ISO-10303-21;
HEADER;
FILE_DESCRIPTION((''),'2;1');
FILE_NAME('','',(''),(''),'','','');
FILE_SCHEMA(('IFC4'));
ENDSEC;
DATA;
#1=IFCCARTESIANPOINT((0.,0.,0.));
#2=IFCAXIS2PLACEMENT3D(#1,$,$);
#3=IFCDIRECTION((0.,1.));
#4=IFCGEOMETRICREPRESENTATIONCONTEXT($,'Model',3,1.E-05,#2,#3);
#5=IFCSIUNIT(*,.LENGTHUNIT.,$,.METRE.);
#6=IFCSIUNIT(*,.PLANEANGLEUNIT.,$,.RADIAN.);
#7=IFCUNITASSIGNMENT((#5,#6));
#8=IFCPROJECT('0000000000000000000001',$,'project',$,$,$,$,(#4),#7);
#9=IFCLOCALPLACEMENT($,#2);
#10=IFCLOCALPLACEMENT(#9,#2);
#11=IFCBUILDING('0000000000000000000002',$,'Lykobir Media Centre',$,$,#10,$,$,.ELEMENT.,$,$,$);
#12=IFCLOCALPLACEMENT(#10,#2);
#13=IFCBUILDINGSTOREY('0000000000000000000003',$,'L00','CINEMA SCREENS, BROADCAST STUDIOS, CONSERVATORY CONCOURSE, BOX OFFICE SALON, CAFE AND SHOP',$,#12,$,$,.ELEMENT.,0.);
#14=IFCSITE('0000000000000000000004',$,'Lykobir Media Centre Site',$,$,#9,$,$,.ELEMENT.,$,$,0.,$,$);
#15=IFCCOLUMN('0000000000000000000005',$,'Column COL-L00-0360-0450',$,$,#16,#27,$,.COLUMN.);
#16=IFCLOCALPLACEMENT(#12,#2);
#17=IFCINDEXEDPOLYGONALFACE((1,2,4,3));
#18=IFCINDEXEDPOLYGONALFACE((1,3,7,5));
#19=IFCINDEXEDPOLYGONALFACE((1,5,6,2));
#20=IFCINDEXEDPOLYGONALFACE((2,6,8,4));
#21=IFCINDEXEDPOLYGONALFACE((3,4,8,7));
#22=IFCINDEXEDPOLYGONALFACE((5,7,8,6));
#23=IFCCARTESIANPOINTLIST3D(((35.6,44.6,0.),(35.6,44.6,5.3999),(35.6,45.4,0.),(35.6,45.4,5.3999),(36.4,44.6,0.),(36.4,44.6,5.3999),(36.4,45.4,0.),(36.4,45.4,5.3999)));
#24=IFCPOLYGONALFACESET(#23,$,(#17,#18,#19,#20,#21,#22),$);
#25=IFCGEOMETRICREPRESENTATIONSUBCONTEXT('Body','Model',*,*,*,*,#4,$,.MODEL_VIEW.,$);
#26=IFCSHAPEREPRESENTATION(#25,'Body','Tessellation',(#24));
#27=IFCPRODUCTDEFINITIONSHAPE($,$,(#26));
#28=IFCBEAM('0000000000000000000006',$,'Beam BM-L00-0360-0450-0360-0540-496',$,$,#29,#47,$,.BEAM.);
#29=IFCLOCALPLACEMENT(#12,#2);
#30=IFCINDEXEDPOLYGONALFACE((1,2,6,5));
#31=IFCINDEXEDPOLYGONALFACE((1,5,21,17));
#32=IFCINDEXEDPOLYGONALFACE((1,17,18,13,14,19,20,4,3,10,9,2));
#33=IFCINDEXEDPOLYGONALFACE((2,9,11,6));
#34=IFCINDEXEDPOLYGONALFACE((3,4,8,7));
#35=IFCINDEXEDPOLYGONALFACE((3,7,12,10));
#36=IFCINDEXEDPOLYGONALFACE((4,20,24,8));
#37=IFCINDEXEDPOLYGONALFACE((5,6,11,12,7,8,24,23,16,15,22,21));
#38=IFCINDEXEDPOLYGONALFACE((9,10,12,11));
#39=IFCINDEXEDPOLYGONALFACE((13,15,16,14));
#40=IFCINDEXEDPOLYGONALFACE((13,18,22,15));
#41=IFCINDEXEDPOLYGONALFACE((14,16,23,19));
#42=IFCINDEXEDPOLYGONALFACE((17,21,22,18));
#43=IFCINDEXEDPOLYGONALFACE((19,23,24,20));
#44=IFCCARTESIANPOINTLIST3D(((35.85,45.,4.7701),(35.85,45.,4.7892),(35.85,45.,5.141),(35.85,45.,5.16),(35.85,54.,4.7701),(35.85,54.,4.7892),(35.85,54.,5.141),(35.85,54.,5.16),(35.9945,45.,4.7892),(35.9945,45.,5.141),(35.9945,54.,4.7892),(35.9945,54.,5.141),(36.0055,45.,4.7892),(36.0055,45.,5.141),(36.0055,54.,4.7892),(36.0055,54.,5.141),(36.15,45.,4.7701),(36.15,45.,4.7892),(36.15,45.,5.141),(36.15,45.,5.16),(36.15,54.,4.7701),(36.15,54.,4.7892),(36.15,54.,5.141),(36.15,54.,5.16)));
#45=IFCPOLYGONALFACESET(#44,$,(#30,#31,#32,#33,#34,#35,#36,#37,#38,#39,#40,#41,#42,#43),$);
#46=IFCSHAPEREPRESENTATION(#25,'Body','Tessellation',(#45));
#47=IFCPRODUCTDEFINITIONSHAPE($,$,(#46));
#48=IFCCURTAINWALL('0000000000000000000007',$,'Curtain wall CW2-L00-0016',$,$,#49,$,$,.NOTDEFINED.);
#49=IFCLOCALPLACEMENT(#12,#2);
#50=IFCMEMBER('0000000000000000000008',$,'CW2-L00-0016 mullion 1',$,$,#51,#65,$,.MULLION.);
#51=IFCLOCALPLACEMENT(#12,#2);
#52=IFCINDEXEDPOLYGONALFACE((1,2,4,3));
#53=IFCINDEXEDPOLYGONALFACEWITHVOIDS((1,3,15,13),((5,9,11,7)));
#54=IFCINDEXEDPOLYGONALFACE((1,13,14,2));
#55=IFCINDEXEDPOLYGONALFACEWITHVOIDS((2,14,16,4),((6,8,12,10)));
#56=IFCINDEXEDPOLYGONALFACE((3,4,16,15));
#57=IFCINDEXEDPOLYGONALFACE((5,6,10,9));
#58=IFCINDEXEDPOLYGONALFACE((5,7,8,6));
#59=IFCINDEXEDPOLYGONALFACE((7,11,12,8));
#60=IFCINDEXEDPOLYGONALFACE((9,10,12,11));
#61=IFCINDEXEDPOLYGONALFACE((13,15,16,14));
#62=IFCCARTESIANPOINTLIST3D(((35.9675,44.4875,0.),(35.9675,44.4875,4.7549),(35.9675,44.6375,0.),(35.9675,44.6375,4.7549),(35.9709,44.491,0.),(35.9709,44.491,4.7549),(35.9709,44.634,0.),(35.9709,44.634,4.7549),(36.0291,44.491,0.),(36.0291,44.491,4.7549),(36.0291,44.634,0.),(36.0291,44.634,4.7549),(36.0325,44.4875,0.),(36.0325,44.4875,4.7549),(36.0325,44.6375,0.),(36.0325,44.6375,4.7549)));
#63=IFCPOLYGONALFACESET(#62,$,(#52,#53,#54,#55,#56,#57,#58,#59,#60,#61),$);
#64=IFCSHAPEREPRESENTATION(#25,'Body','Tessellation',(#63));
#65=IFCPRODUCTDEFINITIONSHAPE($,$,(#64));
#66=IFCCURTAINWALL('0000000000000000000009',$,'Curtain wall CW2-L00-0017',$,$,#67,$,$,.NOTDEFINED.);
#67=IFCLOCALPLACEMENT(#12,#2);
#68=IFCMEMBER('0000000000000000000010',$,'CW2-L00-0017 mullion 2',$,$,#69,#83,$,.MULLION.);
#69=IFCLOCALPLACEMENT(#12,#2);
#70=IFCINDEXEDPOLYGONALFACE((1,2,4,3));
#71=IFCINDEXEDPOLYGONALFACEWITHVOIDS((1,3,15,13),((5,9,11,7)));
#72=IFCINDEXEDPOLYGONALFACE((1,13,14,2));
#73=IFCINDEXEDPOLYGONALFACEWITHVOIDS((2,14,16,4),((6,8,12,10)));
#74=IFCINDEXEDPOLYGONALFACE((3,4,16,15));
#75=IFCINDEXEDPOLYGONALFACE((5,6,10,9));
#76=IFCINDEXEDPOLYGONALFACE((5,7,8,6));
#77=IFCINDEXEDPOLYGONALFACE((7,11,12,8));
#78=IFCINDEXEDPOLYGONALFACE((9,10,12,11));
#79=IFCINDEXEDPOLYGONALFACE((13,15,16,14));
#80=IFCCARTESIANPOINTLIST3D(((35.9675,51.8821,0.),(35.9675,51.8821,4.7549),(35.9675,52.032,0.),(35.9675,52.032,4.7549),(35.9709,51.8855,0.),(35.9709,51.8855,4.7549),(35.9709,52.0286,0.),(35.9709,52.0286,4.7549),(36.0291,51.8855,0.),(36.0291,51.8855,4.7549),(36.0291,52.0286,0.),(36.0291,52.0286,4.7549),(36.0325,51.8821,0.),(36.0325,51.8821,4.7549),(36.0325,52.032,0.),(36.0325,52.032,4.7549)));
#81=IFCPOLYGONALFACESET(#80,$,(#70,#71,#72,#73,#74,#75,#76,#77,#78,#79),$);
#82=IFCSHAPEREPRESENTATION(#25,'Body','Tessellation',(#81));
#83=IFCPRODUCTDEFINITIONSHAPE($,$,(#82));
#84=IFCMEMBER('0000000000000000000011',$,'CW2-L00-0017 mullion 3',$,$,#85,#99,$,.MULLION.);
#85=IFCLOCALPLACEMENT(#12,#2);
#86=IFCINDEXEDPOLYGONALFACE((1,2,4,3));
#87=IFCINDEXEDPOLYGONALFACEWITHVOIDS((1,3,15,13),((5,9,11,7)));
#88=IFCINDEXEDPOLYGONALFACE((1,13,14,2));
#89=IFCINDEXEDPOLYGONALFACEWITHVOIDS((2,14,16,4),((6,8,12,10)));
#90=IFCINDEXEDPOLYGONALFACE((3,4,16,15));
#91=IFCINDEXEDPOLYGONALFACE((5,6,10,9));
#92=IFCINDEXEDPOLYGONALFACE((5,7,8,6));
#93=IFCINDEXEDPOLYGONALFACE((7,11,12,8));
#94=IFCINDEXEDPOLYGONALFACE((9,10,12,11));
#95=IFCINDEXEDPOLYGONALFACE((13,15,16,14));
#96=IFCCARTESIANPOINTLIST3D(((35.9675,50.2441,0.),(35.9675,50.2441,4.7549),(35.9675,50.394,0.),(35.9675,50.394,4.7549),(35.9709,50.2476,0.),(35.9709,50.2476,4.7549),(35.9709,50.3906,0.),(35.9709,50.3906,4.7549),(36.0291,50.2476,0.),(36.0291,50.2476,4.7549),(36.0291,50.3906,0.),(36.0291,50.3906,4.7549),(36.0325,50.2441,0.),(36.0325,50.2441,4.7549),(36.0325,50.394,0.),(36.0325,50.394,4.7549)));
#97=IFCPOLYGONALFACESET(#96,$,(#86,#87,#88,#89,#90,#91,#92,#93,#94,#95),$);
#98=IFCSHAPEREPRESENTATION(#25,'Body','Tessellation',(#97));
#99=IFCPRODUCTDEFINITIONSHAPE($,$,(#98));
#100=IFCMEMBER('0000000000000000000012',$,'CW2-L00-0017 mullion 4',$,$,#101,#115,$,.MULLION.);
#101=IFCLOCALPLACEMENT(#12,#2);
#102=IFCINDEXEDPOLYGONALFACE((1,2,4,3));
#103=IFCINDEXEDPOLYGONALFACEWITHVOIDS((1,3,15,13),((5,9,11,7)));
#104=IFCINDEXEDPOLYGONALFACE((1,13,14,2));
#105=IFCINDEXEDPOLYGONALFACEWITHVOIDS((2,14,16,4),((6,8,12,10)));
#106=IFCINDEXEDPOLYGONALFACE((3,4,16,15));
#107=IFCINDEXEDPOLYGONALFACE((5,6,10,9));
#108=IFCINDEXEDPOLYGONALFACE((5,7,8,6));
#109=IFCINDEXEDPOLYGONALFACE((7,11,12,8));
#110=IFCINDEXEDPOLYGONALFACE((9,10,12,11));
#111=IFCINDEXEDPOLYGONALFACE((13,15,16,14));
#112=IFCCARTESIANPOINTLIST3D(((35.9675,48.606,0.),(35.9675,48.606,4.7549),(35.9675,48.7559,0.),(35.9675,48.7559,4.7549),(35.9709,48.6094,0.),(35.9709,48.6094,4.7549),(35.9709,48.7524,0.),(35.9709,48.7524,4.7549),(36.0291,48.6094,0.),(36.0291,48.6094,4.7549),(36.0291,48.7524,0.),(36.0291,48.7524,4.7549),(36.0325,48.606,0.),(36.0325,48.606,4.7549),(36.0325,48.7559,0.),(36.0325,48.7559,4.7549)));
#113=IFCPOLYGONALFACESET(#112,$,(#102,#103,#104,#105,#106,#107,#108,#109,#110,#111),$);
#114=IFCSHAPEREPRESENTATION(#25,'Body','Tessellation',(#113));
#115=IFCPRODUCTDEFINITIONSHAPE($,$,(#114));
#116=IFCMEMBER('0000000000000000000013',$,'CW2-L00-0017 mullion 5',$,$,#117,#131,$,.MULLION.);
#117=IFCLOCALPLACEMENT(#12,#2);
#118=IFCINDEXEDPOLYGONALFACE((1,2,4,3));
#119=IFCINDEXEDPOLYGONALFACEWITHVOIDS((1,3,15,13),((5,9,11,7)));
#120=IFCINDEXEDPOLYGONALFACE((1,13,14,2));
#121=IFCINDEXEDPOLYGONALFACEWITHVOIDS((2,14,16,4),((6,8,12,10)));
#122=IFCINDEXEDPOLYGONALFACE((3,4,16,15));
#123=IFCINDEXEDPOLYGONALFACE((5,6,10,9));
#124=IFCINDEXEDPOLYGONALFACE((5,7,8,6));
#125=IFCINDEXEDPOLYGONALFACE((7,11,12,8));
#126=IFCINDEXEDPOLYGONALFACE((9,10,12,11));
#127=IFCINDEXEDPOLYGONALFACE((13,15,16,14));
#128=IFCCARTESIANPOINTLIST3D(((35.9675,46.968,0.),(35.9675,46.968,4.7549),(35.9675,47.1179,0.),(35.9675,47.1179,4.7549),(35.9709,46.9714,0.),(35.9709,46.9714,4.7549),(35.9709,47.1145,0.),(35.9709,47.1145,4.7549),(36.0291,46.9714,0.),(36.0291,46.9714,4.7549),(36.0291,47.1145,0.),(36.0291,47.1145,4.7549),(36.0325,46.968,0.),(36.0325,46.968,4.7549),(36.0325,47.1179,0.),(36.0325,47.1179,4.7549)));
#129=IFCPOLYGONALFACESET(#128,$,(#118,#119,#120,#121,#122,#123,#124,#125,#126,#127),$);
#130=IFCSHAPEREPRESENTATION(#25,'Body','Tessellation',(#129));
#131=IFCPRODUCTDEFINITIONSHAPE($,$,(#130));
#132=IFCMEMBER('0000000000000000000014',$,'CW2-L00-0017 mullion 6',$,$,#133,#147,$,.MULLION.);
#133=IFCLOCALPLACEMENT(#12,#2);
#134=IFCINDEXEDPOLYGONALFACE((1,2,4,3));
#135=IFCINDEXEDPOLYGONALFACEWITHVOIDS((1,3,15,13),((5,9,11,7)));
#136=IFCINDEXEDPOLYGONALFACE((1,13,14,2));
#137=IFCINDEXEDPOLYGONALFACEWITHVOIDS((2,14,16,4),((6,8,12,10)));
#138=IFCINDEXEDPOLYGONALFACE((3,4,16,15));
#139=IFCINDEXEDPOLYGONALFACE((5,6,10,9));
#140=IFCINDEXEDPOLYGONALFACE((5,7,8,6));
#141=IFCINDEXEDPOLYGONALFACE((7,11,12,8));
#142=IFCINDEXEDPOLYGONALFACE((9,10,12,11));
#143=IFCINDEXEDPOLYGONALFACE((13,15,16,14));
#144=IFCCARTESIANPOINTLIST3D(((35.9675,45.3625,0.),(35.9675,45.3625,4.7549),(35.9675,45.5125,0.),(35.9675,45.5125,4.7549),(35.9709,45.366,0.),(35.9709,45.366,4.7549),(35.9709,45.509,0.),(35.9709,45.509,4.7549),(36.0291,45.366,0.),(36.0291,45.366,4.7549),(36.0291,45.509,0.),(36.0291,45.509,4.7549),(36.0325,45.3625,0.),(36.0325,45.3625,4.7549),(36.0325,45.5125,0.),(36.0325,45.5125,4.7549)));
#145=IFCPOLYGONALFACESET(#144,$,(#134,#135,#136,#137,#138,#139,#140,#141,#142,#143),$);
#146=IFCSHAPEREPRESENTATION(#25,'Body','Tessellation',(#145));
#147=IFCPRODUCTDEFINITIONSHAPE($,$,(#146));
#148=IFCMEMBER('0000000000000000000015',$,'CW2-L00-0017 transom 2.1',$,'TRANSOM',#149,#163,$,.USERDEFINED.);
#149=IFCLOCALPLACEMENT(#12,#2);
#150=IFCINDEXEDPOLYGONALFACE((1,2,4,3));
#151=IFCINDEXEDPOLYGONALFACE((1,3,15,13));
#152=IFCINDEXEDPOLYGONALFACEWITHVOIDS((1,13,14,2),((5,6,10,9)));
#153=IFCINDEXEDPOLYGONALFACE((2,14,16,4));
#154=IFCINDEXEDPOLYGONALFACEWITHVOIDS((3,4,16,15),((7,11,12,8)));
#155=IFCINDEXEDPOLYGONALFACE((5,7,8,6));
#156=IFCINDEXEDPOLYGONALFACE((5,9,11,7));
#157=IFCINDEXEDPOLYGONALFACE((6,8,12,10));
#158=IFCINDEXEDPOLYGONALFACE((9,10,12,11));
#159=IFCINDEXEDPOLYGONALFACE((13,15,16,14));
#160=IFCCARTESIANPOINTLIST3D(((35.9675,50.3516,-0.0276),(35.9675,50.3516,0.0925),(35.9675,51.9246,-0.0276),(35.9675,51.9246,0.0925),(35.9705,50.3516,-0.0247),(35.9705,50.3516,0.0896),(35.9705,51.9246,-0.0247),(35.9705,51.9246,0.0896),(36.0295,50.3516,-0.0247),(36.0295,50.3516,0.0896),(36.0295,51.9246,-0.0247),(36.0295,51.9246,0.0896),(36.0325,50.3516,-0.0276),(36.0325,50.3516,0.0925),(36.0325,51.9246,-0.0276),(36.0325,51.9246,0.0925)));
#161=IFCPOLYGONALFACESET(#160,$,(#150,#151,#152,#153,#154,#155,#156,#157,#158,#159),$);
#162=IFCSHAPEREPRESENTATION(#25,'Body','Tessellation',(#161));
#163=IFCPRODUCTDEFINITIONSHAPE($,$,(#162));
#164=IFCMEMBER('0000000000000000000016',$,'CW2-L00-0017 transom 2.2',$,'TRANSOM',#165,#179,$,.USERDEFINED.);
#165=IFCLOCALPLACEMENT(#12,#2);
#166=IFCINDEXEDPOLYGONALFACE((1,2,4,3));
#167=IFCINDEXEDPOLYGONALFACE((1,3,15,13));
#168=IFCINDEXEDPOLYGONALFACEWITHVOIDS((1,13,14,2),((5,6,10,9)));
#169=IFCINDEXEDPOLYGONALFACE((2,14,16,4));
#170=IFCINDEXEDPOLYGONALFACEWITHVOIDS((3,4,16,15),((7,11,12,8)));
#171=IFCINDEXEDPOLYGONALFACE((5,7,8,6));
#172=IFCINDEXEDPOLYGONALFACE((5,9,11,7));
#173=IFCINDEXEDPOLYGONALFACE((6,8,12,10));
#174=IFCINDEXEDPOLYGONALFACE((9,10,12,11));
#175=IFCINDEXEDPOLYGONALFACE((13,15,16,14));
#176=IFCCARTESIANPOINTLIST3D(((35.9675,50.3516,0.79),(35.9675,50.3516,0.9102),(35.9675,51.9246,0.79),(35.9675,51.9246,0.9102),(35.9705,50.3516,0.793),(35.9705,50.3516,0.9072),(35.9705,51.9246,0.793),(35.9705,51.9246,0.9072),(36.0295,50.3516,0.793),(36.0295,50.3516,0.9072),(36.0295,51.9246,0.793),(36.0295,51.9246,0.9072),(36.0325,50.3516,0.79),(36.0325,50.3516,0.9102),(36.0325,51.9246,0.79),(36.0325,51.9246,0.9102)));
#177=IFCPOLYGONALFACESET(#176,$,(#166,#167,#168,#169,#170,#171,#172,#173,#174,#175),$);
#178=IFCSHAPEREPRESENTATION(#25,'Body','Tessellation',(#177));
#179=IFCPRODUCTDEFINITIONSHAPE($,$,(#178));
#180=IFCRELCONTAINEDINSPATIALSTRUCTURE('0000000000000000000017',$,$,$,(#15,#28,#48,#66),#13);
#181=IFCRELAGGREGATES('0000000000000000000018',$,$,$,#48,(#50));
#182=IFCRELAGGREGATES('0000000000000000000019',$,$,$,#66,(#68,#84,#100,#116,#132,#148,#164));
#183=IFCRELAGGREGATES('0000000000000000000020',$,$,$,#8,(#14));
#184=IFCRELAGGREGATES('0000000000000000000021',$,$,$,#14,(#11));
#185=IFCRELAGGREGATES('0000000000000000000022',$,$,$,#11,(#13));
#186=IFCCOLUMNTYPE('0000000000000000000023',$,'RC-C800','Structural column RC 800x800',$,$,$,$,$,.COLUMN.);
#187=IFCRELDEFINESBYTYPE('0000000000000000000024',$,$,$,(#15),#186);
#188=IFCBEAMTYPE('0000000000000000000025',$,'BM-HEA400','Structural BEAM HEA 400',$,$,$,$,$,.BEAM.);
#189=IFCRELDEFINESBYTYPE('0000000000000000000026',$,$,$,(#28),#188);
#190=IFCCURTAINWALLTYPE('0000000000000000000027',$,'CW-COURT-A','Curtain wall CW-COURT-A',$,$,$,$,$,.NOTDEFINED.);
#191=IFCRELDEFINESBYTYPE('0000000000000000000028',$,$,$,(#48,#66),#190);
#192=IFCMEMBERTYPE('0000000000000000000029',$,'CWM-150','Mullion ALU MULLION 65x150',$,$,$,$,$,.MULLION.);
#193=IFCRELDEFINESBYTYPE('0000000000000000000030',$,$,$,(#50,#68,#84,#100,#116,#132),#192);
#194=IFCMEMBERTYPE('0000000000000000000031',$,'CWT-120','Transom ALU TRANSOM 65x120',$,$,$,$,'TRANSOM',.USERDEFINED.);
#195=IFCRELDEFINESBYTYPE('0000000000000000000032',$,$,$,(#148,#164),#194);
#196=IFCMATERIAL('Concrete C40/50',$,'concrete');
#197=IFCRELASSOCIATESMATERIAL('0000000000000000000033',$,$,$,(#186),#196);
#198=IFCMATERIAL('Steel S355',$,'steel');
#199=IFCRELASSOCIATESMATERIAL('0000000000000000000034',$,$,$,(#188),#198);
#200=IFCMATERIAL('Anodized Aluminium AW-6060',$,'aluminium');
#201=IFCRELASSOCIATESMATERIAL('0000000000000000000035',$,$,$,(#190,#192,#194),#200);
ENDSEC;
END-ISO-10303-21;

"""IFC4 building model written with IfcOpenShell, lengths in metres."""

from ifc_helpers import new_model, si_unit, direction, frame, origin, origin_2d, place, context, subcontext, project, spatial, rectangle, hollow_rectangle, i_section, extrude, material, material_profile, profile_set, type_object, element, aggregate, save


model = new_model("IFC4")

# Units and contexts
model_context = context("Model", 3, precision=1e-05, world=origin(), true_north=direction((0.0, 1.0)))
body_context = subcontext(model_context, "Body", "Model", "MODEL_VIEW")
ifc_project = project(units=[si_unit("LENGTHUNIT", "METRE"), si_unit("PLANEANGLEUNIT", "RADIAN")], contexts=[model_context])

# Site, building, storey
site_placement = place(None, origin())
site = spatial("IfcSite", under=ifc_project, at=site_placement, Name="Lykobir Media Centre Site", CompositionType="ELEMENT", RefElevation=0.0)
building_placement = place(site_placement, origin())
building = spatial("IfcBuilding", under=site, at=building_placement, Name="Lykobir Media Centre", CompositionType="ELEMENT")
storey_placement = place(building_placement, origin())
storey = spatial("IfcBuildingStorey", under=building, at=storey_placement, Name="L00", Description="CINEMA SCREENS, BROADCAST STUDIOS, CONSERVATORY CONCOURSE, BOX OFFICE SALON, CAFE AND SHOP", CompositionType="ELEMENT", Elevation=0.0)

# Column
ifc_material_1 = material(Name="Concrete C40/50", Category="concrete")
ifc_material_profile_1 = material_profile(ifc_material_1, rectangle(XDim=0.8, YDim=0.8, at=origin_2d()), Name="RC 800x800")
ifc_profile_set_1 = profile_set([ifc_material_profile_1], Name="Concrete C40/50")
column_type = type_object("IfcColumnType", Name="RC-C800", Description="Structural column RC 800x800", PredefinedType="COLUMN", material=ifc_profile_set_1)
column_placement = place(storey_placement, frame((36.0, 45.0, 0.0), z_axis=(0.0, 0.0, 1.0), x_axis=(1.0, 0.0, 0.0)))
element("IfcColumn", 1, at=column_placement, inside=storey, type_object=column_type, Name="Column COL-L00-0360-0450", PredefinedType="COLUMN", context=body_context, shape_type="SweptSolid", body=[
    extrude(rectangle(XDim=0.8, YDim=0.8, at=origin_2d()), origin(), (0.0, 0.0, 1.0), 5.3999),
])

# Beam
ifc_material_2 = material(Name="Steel S355", Category="steel")
ifc_material_profile_2 = material_profile(ifc_material_2, i_section(OverallWidth=0.3, OverallDepth=0.3899, WebThickness=0.011, FlangeThickness=0.019, at=origin_2d()), Name="HEA 400")
ifc_profile_set_2 = profile_set([ifc_material_profile_2], Name="Steel S355")
beam_type = type_object("IfcBeamType", Name="BM-HEA400", Description="Structural BEAM HEA 400", PredefinedType="BEAM", material=ifc_profile_set_2)
beam_placement = place(storey_placement, frame((36.0, 45.0, 4.9651), z_axis=(0.0, 1.0, 0.0), x_axis=(-1.0, 0.0, 0.0)))
element("IfcBeam", 2, at=beam_placement, inside=storey, type_object=beam_type, Name="Beam BM-L00-0360-0450-0360-0540-496", PredefinedType="BEAM", context=body_context, shape_type="SweptSolid", body=[
    extrude(i_section(OverallWidth=0.3, OverallDepth=0.3899, WebThickness=0.011, FlangeThickness=0.019, at=origin_2d()), origin(), (0.0, 0.0, 1.0), 9.0),
])

# Curtain wall, member
ifc_material_3 = material(Name="Anodized Aluminium AW-6060", Category="aluminium")
curtain_wall_type = type_object("IfcCurtainWallType", Name="CW-COURT-A", Description="Curtain wall CW-COURT-A", PredefinedType="NOTDEFINED", material=ifc_material_3)
curtain_wall_1_placement = place(storey_placement, origin())
curtain_wall_1 = element("IfcCurtainWall", 3, at=curtain_wall_1_placement, inside=storey, type_object=curtain_wall_type, Name="Curtain wall CW2-L00-0016", PredefinedType="NOTDEFINED")
ifc_material_profile_3 = material_profile(ifc_material_3, hollow_rectangle(XDim=0.0649, YDim=0.1499, WallThickness=0.0034, at=origin_2d()), Name="ALU MULLION 65x150")
ifc_profile_set_3 = profile_set([ifc_material_profile_3], Name="Anodized Aluminium AW-6060")
member_type_1 = type_object("IfcMemberType", Name="CWM-150", Description="Mullion ALU MULLION 65x150", PredefinedType="MULLION", material=ifc_profile_set_3)
member_1_placement = place(storey_placement, frame((36.0, 44.5625, 0.0), z_axis=(0.0, 0.0, 1.0), x_axis=(1.0, 0.0, 0.0)))
member_1 = element("IfcMember", 4, at=member_1_placement, type_object=member_type_1, Name="CW2-L00-0016 mullion 1", PredefinedType="MULLION", context=body_context, shape_type="SweptSolid", body=[
    extrude(hollow_rectangle(XDim=0.0649, YDim=0.1499, WallThickness=0.0034, at=origin_2d()), origin(), (0.0, 0.0, 1.0), 4.7549),
])
aggregate(curtain_wall_1, [member_1])

# Curtain wall, members
curtain_wall_2_placement = place(storey_placement, origin())
curtain_wall_2 = element("IfcCurtainWall", 5, at=curtain_wall_2_placement, inside=storey, type_object=curtain_wall_type, Name="Curtain wall CW2-L00-0017", PredefinedType="NOTDEFINED")
member_2_placement = place(storey_placement, frame((36.0, 51.957, 0.0), z_axis=(0.0, 0.0, 1.0), x_axis=(1.0, 0.0, 0.0)))
member_2 = element("IfcMember", 6, at=member_2_placement, type_object=member_type_1, Name="CW2-L00-0017 mullion 2", PredefinedType="MULLION", context=body_context, shape_type="SweptSolid", body=[
    extrude(hollow_rectangle(XDim=0.0649, YDim=0.1499, WallThickness=0.0034, at=origin_2d()), origin(), (0.0, 0.0, 1.0), 4.7549),
])
member_3_placement = place(storey_placement, frame((36.0, 50.3191, 0.0), z_axis=(0.0, 0.0, 1.0), x_axis=(1.0, 0.0, 0.0)))
member_3 = element("IfcMember", 7, at=member_3_placement, type_object=member_type_1, Name="CW2-L00-0017 mullion 3", PredefinedType="MULLION", context=body_context, shape_type="SweptSolid", body=[
    extrude(hollow_rectangle(XDim=0.0649, YDim=0.1499, WallThickness=0.0034, at=origin_2d()), origin(), (0.0, 0.0, 1.0), 4.7549),
])
member_4_placement = place(storey_placement, frame((36.0, 48.6809, 0.0), z_axis=(0.0, 0.0, 1.0), x_axis=(1.0, 0.0, 0.0)))
member_4 = element("IfcMember", 8, at=member_4_placement, type_object=member_type_1, Name="CW2-L00-0017 mullion 4", PredefinedType="MULLION", context=body_context, shape_type="SweptSolid", body=[
    extrude(hollow_rectangle(XDim=0.0649, YDim=0.1499, WallThickness=0.0034, at=origin_2d()), origin(), (0.0, 0.0, 1.0), 4.7549),
])
member_5_placement = place(storey_placement, frame((36.0, 47.043, 0.0), z_axis=(0.0, 0.0, 1.0), x_axis=(1.0, 0.0, 0.0)))
member_5 = element("IfcMember", 9, at=member_5_placement, type_object=member_type_1, Name="CW2-L00-0017 mullion 5", PredefinedType="MULLION", context=body_context, shape_type="SweptSolid", body=[
    extrude(hollow_rectangle(XDim=0.0649, YDim=0.1499, WallThickness=0.0034, at=origin_2d()), origin(), (0.0, 0.0, 1.0), 4.7549),
])
member_6_placement = place(storey_placement, frame((36.0, 45.4375, 0.0), z_axis=(0.0, 0.0, 1.0), x_axis=(1.0, 0.0, 0.0)))
member_6 = element("IfcMember", 10, at=member_6_placement, type_object=member_type_1, Name="CW2-L00-0017 mullion 6", PredefinedType="MULLION", context=body_context, shape_type="SweptSolid", body=[
    extrude(hollow_rectangle(XDim=0.0649, YDim=0.1499, WallThickness=0.0034, at=origin_2d()), origin(), (0.0, 0.0, 1.0), 4.7549),
])
ifc_material_profile_4 = material_profile(ifc_material_3, hollow_rectangle(XDim=0.0649, YDim=0.1201, WallThickness=0.0029, at=origin_2d()), Name="ALU TRANSOM 65x120")
ifc_profile_set_4 = profile_set([ifc_material_profile_4], Name="Anodized Aluminium AW-6060")
member_type_2 = type_object("IfcMemberType", Name="CWT-120", Description="Transom ALU TRANSOM 65x120", ElementType="TRANSOM", PredefinedType="USERDEFINED", material=ifc_profile_set_4)
member_7_placement = place(storey_placement, frame((36.0, 51.9246, 0.0325), z_axis=(0.0, -1.0, 0.0), x_axis=(1.0, 0.0, 0.0)))
member_7 = element("IfcMember", 11, at=member_7_placement, type_object=member_type_2, Name="CW2-L00-0017 transom 2.1", ObjectType="TRANSOM", PredefinedType="USERDEFINED", context=body_context, shape_type="SweptSolid", body=[
    extrude(hollow_rectangle(XDim=0.0649, YDim=0.1201, WallThickness=0.0029, at=origin_2d()), origin(), (0.0, 0.0, 1.0), 1.573),
])
member_8_placement = place(storey_placement, frame((36.0, 51.9246, 0.8501), z_axis=(0.0, -1.0, 0.0), x_axis=(1.0, 0.0, 0.0)))
member_8 = element("IfcMember", 12, at=member_8_placement, type_object=member_type_2, Name="CW2-L00-0017 transom 2.2", ObjectType="TRANSOM", PredefinedType="USERDEFINED", context=body_context, shape_type="SweptSolid", body=[
    extrude(hollow_rectangle(XDim=0.0649, YDim=0.1201, WallThickness=0.0029, at=origin_2d()), origin(), (0.0, 0.0, 1.0), 1.573),
])
aggregate(curtain_wall_2, [member_2, member_3, member_4, member_5, member_6, member_7, member_8])

save(model, "model.ifc")
